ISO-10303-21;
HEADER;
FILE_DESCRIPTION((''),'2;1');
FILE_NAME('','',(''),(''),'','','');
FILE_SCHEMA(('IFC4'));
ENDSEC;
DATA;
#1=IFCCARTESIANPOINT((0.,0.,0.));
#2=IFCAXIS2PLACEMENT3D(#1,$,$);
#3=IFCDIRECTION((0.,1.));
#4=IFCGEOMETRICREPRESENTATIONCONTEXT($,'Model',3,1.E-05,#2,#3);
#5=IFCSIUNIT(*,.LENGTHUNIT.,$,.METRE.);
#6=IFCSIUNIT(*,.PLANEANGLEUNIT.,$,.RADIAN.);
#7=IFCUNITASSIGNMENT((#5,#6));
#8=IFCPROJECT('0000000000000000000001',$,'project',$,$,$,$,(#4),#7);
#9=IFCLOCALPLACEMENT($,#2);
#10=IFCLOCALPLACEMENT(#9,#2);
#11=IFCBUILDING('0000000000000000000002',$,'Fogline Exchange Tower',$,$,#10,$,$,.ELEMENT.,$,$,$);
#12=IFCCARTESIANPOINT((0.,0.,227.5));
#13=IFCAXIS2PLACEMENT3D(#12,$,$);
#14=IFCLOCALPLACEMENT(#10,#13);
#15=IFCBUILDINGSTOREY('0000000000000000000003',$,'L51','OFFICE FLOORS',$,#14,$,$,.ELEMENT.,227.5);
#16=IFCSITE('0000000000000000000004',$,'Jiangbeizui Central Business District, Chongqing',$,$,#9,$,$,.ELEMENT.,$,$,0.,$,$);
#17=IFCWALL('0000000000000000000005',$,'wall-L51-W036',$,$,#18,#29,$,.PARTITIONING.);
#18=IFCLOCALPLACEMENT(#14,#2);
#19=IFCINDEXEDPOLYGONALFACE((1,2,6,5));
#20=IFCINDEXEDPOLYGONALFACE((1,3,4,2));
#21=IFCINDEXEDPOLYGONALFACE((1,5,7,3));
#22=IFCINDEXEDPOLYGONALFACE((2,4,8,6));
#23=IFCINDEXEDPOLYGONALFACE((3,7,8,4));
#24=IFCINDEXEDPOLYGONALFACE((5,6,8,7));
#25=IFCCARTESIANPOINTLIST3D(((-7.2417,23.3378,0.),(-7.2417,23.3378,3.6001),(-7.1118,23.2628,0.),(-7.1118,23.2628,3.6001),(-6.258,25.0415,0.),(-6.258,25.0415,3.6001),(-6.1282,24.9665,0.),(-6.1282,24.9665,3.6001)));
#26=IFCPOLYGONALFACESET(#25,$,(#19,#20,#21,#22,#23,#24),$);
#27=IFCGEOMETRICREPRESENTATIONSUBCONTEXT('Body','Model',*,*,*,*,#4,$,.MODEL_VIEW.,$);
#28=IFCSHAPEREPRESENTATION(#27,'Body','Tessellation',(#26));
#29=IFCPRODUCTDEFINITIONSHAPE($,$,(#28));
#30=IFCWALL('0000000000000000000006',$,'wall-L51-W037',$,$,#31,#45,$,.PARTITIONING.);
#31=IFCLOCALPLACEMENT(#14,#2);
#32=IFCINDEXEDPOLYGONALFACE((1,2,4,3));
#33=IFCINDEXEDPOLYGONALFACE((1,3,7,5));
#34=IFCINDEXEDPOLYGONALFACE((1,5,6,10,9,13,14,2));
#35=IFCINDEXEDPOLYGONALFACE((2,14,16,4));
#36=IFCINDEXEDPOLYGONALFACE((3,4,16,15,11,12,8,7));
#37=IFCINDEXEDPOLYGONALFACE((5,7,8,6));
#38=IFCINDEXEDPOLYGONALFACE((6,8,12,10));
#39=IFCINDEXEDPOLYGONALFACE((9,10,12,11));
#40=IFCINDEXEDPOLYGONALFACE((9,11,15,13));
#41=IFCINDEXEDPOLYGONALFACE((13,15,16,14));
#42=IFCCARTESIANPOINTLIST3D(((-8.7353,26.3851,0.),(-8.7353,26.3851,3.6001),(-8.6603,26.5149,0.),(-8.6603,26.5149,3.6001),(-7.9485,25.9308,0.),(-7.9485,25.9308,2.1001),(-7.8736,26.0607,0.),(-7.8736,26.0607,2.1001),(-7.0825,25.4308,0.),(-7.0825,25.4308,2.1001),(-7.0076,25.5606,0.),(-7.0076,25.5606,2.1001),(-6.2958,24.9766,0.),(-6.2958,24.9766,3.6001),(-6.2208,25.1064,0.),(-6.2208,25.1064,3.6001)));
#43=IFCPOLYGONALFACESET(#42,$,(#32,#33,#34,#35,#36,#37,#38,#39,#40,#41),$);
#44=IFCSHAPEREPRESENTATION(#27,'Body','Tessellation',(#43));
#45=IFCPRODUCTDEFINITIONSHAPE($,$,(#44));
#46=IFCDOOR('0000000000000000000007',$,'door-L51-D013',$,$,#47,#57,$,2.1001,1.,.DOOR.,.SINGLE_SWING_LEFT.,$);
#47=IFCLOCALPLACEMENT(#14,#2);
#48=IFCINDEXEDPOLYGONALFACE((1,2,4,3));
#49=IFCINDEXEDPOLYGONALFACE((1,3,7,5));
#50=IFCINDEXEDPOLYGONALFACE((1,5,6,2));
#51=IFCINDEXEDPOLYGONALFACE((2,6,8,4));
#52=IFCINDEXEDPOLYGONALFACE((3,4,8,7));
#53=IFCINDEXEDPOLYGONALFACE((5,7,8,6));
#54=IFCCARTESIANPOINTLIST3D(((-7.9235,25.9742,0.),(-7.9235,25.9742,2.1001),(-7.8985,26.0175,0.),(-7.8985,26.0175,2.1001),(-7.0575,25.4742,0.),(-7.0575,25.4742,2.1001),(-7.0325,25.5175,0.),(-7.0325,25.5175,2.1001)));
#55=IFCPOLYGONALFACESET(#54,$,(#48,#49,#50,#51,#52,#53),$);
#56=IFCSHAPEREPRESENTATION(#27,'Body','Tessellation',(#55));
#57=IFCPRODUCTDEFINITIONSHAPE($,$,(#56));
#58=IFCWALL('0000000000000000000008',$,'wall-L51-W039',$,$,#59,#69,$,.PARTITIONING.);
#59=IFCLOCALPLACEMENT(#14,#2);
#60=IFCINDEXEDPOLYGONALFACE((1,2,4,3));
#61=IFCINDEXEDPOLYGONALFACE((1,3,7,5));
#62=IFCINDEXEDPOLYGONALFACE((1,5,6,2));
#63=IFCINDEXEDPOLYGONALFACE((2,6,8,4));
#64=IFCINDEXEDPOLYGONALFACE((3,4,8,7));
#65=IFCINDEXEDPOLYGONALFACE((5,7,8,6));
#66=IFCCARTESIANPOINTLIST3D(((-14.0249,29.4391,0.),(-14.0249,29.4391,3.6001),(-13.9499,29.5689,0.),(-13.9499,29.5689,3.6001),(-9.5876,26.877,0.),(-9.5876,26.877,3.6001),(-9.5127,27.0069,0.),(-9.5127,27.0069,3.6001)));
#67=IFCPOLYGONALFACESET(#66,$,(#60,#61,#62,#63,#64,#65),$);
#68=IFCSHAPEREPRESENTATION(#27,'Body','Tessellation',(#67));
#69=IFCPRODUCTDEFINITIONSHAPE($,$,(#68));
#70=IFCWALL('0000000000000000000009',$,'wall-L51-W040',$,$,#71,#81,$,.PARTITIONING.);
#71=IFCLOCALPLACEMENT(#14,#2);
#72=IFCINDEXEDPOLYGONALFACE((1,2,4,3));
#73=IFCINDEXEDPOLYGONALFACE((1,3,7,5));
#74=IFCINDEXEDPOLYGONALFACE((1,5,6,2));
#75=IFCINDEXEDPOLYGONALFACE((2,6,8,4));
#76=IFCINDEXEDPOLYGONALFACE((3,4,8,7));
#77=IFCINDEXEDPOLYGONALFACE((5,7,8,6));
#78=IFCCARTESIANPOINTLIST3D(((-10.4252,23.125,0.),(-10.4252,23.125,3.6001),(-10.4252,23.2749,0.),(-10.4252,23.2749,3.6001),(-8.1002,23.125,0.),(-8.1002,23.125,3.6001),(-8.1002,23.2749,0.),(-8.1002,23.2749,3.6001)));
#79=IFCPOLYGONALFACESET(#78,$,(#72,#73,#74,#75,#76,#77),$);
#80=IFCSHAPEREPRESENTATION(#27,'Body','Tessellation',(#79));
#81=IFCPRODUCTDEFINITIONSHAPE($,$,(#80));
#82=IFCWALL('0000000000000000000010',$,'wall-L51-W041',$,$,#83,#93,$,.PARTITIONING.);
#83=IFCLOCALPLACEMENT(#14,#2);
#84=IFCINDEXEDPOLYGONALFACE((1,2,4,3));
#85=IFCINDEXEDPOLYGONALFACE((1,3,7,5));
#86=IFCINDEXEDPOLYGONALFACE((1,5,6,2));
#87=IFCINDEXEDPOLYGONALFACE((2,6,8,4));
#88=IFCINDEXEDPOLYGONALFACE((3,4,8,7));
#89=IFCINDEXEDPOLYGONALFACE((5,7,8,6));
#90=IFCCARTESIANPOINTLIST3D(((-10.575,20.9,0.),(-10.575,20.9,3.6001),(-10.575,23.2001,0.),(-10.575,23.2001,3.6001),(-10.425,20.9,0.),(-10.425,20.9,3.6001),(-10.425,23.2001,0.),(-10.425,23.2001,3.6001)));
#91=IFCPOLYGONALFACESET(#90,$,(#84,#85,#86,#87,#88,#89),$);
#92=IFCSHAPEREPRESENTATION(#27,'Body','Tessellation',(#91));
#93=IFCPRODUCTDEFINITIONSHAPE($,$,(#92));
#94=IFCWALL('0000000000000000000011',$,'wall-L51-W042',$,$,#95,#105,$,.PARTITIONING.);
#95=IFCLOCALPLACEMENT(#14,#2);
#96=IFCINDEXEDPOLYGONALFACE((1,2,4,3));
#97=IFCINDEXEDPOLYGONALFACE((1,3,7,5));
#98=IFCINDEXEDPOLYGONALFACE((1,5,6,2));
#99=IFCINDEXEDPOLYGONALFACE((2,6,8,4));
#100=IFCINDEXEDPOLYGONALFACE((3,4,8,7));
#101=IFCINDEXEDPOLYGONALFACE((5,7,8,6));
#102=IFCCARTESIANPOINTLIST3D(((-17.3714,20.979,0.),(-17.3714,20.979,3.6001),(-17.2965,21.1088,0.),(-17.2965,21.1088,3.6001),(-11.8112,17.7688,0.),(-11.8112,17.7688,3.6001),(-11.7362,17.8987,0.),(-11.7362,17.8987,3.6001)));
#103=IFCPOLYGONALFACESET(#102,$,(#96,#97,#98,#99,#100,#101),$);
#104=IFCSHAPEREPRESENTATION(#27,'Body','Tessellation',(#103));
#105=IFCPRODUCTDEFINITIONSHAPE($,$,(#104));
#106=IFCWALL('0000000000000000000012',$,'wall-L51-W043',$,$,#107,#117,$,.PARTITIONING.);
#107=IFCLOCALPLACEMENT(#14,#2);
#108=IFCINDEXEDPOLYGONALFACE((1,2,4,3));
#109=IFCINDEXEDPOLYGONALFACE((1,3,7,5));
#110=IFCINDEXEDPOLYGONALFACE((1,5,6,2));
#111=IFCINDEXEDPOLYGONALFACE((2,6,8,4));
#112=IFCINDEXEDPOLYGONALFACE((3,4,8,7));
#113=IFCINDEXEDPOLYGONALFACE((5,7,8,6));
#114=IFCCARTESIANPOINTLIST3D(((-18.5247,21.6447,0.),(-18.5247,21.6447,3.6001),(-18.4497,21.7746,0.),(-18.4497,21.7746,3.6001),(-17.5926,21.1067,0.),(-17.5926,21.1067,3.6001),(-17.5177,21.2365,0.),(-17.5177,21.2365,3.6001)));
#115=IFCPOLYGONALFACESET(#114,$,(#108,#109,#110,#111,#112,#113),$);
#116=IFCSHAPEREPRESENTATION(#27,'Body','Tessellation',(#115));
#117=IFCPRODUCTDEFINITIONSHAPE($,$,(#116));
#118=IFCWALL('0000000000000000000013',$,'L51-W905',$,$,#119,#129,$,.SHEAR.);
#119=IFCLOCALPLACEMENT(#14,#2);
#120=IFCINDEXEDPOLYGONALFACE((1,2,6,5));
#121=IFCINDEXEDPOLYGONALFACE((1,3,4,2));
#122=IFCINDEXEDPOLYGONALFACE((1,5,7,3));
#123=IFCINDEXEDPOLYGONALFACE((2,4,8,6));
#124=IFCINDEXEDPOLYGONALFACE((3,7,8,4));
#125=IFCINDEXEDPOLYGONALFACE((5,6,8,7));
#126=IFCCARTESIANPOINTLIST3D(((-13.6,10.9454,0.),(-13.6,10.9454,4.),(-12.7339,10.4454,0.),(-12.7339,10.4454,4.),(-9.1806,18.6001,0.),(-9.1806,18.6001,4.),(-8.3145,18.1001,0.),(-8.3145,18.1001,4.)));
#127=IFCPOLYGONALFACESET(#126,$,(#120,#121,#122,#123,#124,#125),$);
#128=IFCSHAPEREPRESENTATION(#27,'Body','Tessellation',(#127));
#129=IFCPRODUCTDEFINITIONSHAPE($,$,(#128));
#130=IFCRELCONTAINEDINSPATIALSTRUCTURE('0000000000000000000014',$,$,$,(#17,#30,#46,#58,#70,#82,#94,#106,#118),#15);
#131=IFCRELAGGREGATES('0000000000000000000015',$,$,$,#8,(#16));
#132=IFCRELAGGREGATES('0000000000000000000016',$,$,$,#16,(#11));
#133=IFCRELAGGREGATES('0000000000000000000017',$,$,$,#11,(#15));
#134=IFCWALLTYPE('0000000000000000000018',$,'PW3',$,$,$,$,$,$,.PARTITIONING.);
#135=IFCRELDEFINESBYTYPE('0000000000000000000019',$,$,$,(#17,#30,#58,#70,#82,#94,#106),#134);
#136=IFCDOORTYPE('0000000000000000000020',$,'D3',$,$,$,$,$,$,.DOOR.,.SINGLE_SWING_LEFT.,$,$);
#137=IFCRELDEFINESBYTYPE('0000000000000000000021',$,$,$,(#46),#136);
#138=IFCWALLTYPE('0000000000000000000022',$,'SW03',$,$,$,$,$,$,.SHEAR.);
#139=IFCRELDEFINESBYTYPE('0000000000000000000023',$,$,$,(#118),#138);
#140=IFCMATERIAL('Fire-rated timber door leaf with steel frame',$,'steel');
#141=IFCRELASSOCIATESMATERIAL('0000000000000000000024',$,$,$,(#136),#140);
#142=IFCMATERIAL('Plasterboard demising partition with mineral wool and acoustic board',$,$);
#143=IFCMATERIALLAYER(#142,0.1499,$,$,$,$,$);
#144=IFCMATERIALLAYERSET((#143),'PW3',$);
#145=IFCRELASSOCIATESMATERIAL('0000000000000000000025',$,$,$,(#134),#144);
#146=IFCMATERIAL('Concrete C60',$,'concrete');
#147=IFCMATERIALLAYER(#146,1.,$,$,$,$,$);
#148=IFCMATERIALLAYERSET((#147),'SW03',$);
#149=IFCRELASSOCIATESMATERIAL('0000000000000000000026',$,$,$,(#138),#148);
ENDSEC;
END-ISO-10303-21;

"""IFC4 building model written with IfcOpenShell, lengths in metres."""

from ifc_helpers import new_model, si_unit, direction, frame, frame_2d, origin, place, context, subcontext, project, spatial, rectangle, extrude, material, layer, layer_set, type_object, element, fill, save


model = new_model("IFC4")

# Units and contexts
model_context = context("Model", 3, precision=1e-05, world=origin(), true_north=direction((0.0, 1.0)))
body_context = subcontext(model_context, "Body", "Model", "MODEL_VIEW")
ifc_project = project(units=[si_unit("LENGTHUNIT", "METRE"), si_unit("PLANEANGLEUNIT", "RADIAN")], contexts=[model_context])

# Site, building, storey
site_placement = place(None, origin())
site = spatial("IfcSite", under=ifc_project, at=site_placement, Name="Jiangbeizui Central Business District, Chongqing", CompositionType="ELEMENT", RefElevation=0.0)
building_placement = place(site_placement, origin())
building = spatial("IfcBuilding", under=site, at=building_placement, Name="Fogline Exchange Tower", CompositionType="ELEMENT")
storey_placement = place(building_placement, frame((0.0, 0.0, 227.5)))
storey = spatial("IfcBuildingStorey", under=building, at=storey_placement, Name="L51", Description="OFFICE FLOORS", CompositionType="ELEMENT", Elevation=227.5)

# Shared definitions
ifc_material_1 = material(Name="Concrete C60", Category="concrete")

# Shared definitions
ifc_material_2 = material(Name="Fire-rated timber door leaf with steel frame", Category="steel")
door_type_1 = type_object("IfcDoorType", Name="D3", OperationType="SINGLE_SWING_LEFT", PredefinedType="DOOR", material=ifc_material_2)

# Shared definitions
ifc_material_3 = material(Name="Plasterboard demising partition with mineral wool and acoustic board")
ifc_layer_1 = layer(ifc_material_3, 0.1499)
ifc_layer_set_1 = layer_set([ifc_layer_1], Name="PW3")
wall_type_1 = type_object("IfcWallType", Name="PW3", PredefinedType="PARTITIONING", material=ifc_layer_set_1)

# Wall
wall_1_placement = place(storey_placement, frame((-7.1768, 23.3003, 0.0), z_axis=(0.0, 0.0, 1.0), x_axis=(0.500023, 0.866012, 0.0)))
element("IfcWall", 1, at=wall_1_placement, inside=storey, type_object=wall_type_1, Name="wall-L51-W036", PredefinedType="PARTITIONING", context=body_context, shape_type="SweptSolid", body=[
    extrude(rectangle(XDim=1.9673, YDim=0.1499, at=frame_2d((0.9836, 0.0))), origin(), (0.0, 0.0, 1.0), 3.6001),
])

# Wall, opening, door
wall_2_placement = place(storey_placement, frame((-6.2583, 25.0415, 0.0), z_axis=(0.0, 0.0, 1.0), x_axis=(-0.866021, 0.500008, 0.0)))
wall_2 = element("IfcWall", 2, at=wall_2_placement, inside=storey, type_object=wall_type_1, Name="wall-L51-W037", PredefinedType="PARTITIONING", context=body_context, shape_type="SweptSolid", body=[
    extrude(rectangle(XDim=2.8169, YDim=0.1499, at=frame_2d((1.4084, 0.0))), origin(), (0.0, 0.0, 1.0), 3.6001),
])
opening_1_placement = place(wall_2_placement, frame((0.9084, 0.0, 0.0)))
opening_1 = element("IfcOpeningElement", 3, at=opening_1_placement, cuts=wall_2, PredefinedType="OPENING", context=body_context, shape_type="SweptSolid", body=[
    extrude(rectangle(XDim=1.0, YDim=2.1001, at=frame_2d((0.5, 1.05))), frame((0.0, 0.085, 0.0), z_axis=(0.0, -1.0, 0.0), x_axis=(1.0, 0.0, 0.0)), (0.0, 0.0, 1.0), 0.1699),
])
door_1_placement = place(opening_1_placement, origin())
door_1 = element("IfcDoor", 4, at=door_1_placement, inside=storey, type_object=door_type_1, Name="door-L51-D013", OperationType="SINGLE_SWING_LEFT", OverallHeight=2.1001, OverallWidth=1.0, PredefinedType="DOOR", context=body_context, shape_type="SweptSolid", body=[
    extrude(rectangle(XDim=1.0, YDim=2.1001, at=frame_2d((0.5, 1.05))), frame((0.0, 0.0249, 0.0), z_axis=(0.0, -1.0, 0.0), x_axis=(1.0, 0.0, 0.0)), (0.0, 0.0, 1.0), 0.05),
])
fill(opening_1, door_1)

# Walls
wall_3_placement = place(storey_placement, frame((-9.55, 26.9419, 0.0), z_axis=(0.0, 0.0, 1.0), x_axis=(-0.866012, 0.500024, 0.0)))
element("IfcWall", 5, at=wall_3_placement, inside=storey, type_object=wall_type_1, Name="wall-L51-W039", PredefinedType="PARTITIONING", context=body_context, shape_type="SweptSolid", body=[
    extrude(rectangle(XDim=5.1238, YDim=0.1499, at=frame_2d((2.562, 0.0))), origin(), (0.0, 0.0, 1.0), 3.6001),
])
wall_4_placement = place(storey_placement, frame((-8.1001, 23.2, 0.0), z_axis=(0.0, 0.0, 1.0), x_axis=(-1.0, 0.0, 0.0)))
element("IfcWall", 6, at=wall_4_placement, inside=storey, type_object=wall_type_1, Name="wall-L51-W040", PredefinedType="PARTITIONING", context=body_context, shape_type="SweptSolid", body=[
    extrude(rectangle(XDim=2.325, YDim=0.1499, at=frame_2d((1.1626, 0.0))), origin(), (0.0, 0.0, 1.0), 3.6001),
])
wall_5_placement = place(storey_placement, frame((-10.5, 23.2, 0.0), z_axis=(0.0, 0.0, 1.0), x_axis=(0.0, -1.0, 0.0)))
element("IfcWall", 7, at=wall_5_placement, inside=storey, type_object=wall_type_1, Name="wall-L51-W041", PredefinedType="PARTITIONING", context=body_context, shape_type="SweptSolid", body=[
    extrude(rectangle(XDim=2.3, YDim=0.1499, at=frame_2d((1.1499, 0.0))), origin(), (0.0, 0.0, 1.0), 3.6001),
])
wall_6_placement = place(storey_placement, frame((-11.7737, 17.8337, 0.0), z_axis=(0.0, 0.0, 1.0), x_axis=(-0.866028, 0.499996, 0.0)))
element("IfcWall", 8, at=wall_6_placement, inside=storey, type_object=wall_type_1, Name="wall-L51-W042", PredefinedType="PARTITIONING", context=body_context, shape_type="SweptSolid", body=[
    extrude(rectangle(XDim=6.4204, YDim=0.1499, at=frame_2d((3.2102, 0.0))), origin(), (0.0, 0.0, 1.0), 3.6001),
])
wall_7_placement = place(storey_placement, frame((-17.5552, 21.1716, 0.0), z_axis=(0.0, 0.0, 1.0), x_axis=(-0.866057, 0.499945, 0.0)))
element("IfcWall", 9, at=wall_7_placement, inside=storey, type_object=wall_type_1, Name="wall-L51-W043", PredefinedType="PARTITIONING", context=body_context, shape_type="SweptSolid", body=[
    extrude(rectangle(XDim=1.0762, YDim=0.1499, at=frame_2d((0.5381, 0.0))), origin(), (0.0, 0.0, 1.0), 3.6001),
])
ifc_layer_2 = layer(ifc_material_1, 1.0)
ifc_layer_set_2 = layer_set([ifc_layer_2], Name="SW03")
wall_type_2 = type_object("IfcWallType", Name="SW03", PredefinedType="SHEAR", material=ifc_layer_set_2)
wall_8_placement = place(storey_placement, frame((-8.7476, 18.3501, 0.0), z_axis=(0.0, 0.0, 1.0), x_axis=(-0.499995, -0.866028, 0.0)))
element("IfcWall", 10, at=wall_8_placement, inside=storey, type_object=wall_type_2, Name="L51-W905", PredefinedType="SHEAR", context=body_context, shape_type="SweptSolid", body=[
    extrude(rectangle(XDim=8.8389, YDim=1.0, at=frame_2d((4.4194, 0.0))), origin(), (0.0, 0.0, 1.0), 4.0),
])

save(model, "model.ifc")
